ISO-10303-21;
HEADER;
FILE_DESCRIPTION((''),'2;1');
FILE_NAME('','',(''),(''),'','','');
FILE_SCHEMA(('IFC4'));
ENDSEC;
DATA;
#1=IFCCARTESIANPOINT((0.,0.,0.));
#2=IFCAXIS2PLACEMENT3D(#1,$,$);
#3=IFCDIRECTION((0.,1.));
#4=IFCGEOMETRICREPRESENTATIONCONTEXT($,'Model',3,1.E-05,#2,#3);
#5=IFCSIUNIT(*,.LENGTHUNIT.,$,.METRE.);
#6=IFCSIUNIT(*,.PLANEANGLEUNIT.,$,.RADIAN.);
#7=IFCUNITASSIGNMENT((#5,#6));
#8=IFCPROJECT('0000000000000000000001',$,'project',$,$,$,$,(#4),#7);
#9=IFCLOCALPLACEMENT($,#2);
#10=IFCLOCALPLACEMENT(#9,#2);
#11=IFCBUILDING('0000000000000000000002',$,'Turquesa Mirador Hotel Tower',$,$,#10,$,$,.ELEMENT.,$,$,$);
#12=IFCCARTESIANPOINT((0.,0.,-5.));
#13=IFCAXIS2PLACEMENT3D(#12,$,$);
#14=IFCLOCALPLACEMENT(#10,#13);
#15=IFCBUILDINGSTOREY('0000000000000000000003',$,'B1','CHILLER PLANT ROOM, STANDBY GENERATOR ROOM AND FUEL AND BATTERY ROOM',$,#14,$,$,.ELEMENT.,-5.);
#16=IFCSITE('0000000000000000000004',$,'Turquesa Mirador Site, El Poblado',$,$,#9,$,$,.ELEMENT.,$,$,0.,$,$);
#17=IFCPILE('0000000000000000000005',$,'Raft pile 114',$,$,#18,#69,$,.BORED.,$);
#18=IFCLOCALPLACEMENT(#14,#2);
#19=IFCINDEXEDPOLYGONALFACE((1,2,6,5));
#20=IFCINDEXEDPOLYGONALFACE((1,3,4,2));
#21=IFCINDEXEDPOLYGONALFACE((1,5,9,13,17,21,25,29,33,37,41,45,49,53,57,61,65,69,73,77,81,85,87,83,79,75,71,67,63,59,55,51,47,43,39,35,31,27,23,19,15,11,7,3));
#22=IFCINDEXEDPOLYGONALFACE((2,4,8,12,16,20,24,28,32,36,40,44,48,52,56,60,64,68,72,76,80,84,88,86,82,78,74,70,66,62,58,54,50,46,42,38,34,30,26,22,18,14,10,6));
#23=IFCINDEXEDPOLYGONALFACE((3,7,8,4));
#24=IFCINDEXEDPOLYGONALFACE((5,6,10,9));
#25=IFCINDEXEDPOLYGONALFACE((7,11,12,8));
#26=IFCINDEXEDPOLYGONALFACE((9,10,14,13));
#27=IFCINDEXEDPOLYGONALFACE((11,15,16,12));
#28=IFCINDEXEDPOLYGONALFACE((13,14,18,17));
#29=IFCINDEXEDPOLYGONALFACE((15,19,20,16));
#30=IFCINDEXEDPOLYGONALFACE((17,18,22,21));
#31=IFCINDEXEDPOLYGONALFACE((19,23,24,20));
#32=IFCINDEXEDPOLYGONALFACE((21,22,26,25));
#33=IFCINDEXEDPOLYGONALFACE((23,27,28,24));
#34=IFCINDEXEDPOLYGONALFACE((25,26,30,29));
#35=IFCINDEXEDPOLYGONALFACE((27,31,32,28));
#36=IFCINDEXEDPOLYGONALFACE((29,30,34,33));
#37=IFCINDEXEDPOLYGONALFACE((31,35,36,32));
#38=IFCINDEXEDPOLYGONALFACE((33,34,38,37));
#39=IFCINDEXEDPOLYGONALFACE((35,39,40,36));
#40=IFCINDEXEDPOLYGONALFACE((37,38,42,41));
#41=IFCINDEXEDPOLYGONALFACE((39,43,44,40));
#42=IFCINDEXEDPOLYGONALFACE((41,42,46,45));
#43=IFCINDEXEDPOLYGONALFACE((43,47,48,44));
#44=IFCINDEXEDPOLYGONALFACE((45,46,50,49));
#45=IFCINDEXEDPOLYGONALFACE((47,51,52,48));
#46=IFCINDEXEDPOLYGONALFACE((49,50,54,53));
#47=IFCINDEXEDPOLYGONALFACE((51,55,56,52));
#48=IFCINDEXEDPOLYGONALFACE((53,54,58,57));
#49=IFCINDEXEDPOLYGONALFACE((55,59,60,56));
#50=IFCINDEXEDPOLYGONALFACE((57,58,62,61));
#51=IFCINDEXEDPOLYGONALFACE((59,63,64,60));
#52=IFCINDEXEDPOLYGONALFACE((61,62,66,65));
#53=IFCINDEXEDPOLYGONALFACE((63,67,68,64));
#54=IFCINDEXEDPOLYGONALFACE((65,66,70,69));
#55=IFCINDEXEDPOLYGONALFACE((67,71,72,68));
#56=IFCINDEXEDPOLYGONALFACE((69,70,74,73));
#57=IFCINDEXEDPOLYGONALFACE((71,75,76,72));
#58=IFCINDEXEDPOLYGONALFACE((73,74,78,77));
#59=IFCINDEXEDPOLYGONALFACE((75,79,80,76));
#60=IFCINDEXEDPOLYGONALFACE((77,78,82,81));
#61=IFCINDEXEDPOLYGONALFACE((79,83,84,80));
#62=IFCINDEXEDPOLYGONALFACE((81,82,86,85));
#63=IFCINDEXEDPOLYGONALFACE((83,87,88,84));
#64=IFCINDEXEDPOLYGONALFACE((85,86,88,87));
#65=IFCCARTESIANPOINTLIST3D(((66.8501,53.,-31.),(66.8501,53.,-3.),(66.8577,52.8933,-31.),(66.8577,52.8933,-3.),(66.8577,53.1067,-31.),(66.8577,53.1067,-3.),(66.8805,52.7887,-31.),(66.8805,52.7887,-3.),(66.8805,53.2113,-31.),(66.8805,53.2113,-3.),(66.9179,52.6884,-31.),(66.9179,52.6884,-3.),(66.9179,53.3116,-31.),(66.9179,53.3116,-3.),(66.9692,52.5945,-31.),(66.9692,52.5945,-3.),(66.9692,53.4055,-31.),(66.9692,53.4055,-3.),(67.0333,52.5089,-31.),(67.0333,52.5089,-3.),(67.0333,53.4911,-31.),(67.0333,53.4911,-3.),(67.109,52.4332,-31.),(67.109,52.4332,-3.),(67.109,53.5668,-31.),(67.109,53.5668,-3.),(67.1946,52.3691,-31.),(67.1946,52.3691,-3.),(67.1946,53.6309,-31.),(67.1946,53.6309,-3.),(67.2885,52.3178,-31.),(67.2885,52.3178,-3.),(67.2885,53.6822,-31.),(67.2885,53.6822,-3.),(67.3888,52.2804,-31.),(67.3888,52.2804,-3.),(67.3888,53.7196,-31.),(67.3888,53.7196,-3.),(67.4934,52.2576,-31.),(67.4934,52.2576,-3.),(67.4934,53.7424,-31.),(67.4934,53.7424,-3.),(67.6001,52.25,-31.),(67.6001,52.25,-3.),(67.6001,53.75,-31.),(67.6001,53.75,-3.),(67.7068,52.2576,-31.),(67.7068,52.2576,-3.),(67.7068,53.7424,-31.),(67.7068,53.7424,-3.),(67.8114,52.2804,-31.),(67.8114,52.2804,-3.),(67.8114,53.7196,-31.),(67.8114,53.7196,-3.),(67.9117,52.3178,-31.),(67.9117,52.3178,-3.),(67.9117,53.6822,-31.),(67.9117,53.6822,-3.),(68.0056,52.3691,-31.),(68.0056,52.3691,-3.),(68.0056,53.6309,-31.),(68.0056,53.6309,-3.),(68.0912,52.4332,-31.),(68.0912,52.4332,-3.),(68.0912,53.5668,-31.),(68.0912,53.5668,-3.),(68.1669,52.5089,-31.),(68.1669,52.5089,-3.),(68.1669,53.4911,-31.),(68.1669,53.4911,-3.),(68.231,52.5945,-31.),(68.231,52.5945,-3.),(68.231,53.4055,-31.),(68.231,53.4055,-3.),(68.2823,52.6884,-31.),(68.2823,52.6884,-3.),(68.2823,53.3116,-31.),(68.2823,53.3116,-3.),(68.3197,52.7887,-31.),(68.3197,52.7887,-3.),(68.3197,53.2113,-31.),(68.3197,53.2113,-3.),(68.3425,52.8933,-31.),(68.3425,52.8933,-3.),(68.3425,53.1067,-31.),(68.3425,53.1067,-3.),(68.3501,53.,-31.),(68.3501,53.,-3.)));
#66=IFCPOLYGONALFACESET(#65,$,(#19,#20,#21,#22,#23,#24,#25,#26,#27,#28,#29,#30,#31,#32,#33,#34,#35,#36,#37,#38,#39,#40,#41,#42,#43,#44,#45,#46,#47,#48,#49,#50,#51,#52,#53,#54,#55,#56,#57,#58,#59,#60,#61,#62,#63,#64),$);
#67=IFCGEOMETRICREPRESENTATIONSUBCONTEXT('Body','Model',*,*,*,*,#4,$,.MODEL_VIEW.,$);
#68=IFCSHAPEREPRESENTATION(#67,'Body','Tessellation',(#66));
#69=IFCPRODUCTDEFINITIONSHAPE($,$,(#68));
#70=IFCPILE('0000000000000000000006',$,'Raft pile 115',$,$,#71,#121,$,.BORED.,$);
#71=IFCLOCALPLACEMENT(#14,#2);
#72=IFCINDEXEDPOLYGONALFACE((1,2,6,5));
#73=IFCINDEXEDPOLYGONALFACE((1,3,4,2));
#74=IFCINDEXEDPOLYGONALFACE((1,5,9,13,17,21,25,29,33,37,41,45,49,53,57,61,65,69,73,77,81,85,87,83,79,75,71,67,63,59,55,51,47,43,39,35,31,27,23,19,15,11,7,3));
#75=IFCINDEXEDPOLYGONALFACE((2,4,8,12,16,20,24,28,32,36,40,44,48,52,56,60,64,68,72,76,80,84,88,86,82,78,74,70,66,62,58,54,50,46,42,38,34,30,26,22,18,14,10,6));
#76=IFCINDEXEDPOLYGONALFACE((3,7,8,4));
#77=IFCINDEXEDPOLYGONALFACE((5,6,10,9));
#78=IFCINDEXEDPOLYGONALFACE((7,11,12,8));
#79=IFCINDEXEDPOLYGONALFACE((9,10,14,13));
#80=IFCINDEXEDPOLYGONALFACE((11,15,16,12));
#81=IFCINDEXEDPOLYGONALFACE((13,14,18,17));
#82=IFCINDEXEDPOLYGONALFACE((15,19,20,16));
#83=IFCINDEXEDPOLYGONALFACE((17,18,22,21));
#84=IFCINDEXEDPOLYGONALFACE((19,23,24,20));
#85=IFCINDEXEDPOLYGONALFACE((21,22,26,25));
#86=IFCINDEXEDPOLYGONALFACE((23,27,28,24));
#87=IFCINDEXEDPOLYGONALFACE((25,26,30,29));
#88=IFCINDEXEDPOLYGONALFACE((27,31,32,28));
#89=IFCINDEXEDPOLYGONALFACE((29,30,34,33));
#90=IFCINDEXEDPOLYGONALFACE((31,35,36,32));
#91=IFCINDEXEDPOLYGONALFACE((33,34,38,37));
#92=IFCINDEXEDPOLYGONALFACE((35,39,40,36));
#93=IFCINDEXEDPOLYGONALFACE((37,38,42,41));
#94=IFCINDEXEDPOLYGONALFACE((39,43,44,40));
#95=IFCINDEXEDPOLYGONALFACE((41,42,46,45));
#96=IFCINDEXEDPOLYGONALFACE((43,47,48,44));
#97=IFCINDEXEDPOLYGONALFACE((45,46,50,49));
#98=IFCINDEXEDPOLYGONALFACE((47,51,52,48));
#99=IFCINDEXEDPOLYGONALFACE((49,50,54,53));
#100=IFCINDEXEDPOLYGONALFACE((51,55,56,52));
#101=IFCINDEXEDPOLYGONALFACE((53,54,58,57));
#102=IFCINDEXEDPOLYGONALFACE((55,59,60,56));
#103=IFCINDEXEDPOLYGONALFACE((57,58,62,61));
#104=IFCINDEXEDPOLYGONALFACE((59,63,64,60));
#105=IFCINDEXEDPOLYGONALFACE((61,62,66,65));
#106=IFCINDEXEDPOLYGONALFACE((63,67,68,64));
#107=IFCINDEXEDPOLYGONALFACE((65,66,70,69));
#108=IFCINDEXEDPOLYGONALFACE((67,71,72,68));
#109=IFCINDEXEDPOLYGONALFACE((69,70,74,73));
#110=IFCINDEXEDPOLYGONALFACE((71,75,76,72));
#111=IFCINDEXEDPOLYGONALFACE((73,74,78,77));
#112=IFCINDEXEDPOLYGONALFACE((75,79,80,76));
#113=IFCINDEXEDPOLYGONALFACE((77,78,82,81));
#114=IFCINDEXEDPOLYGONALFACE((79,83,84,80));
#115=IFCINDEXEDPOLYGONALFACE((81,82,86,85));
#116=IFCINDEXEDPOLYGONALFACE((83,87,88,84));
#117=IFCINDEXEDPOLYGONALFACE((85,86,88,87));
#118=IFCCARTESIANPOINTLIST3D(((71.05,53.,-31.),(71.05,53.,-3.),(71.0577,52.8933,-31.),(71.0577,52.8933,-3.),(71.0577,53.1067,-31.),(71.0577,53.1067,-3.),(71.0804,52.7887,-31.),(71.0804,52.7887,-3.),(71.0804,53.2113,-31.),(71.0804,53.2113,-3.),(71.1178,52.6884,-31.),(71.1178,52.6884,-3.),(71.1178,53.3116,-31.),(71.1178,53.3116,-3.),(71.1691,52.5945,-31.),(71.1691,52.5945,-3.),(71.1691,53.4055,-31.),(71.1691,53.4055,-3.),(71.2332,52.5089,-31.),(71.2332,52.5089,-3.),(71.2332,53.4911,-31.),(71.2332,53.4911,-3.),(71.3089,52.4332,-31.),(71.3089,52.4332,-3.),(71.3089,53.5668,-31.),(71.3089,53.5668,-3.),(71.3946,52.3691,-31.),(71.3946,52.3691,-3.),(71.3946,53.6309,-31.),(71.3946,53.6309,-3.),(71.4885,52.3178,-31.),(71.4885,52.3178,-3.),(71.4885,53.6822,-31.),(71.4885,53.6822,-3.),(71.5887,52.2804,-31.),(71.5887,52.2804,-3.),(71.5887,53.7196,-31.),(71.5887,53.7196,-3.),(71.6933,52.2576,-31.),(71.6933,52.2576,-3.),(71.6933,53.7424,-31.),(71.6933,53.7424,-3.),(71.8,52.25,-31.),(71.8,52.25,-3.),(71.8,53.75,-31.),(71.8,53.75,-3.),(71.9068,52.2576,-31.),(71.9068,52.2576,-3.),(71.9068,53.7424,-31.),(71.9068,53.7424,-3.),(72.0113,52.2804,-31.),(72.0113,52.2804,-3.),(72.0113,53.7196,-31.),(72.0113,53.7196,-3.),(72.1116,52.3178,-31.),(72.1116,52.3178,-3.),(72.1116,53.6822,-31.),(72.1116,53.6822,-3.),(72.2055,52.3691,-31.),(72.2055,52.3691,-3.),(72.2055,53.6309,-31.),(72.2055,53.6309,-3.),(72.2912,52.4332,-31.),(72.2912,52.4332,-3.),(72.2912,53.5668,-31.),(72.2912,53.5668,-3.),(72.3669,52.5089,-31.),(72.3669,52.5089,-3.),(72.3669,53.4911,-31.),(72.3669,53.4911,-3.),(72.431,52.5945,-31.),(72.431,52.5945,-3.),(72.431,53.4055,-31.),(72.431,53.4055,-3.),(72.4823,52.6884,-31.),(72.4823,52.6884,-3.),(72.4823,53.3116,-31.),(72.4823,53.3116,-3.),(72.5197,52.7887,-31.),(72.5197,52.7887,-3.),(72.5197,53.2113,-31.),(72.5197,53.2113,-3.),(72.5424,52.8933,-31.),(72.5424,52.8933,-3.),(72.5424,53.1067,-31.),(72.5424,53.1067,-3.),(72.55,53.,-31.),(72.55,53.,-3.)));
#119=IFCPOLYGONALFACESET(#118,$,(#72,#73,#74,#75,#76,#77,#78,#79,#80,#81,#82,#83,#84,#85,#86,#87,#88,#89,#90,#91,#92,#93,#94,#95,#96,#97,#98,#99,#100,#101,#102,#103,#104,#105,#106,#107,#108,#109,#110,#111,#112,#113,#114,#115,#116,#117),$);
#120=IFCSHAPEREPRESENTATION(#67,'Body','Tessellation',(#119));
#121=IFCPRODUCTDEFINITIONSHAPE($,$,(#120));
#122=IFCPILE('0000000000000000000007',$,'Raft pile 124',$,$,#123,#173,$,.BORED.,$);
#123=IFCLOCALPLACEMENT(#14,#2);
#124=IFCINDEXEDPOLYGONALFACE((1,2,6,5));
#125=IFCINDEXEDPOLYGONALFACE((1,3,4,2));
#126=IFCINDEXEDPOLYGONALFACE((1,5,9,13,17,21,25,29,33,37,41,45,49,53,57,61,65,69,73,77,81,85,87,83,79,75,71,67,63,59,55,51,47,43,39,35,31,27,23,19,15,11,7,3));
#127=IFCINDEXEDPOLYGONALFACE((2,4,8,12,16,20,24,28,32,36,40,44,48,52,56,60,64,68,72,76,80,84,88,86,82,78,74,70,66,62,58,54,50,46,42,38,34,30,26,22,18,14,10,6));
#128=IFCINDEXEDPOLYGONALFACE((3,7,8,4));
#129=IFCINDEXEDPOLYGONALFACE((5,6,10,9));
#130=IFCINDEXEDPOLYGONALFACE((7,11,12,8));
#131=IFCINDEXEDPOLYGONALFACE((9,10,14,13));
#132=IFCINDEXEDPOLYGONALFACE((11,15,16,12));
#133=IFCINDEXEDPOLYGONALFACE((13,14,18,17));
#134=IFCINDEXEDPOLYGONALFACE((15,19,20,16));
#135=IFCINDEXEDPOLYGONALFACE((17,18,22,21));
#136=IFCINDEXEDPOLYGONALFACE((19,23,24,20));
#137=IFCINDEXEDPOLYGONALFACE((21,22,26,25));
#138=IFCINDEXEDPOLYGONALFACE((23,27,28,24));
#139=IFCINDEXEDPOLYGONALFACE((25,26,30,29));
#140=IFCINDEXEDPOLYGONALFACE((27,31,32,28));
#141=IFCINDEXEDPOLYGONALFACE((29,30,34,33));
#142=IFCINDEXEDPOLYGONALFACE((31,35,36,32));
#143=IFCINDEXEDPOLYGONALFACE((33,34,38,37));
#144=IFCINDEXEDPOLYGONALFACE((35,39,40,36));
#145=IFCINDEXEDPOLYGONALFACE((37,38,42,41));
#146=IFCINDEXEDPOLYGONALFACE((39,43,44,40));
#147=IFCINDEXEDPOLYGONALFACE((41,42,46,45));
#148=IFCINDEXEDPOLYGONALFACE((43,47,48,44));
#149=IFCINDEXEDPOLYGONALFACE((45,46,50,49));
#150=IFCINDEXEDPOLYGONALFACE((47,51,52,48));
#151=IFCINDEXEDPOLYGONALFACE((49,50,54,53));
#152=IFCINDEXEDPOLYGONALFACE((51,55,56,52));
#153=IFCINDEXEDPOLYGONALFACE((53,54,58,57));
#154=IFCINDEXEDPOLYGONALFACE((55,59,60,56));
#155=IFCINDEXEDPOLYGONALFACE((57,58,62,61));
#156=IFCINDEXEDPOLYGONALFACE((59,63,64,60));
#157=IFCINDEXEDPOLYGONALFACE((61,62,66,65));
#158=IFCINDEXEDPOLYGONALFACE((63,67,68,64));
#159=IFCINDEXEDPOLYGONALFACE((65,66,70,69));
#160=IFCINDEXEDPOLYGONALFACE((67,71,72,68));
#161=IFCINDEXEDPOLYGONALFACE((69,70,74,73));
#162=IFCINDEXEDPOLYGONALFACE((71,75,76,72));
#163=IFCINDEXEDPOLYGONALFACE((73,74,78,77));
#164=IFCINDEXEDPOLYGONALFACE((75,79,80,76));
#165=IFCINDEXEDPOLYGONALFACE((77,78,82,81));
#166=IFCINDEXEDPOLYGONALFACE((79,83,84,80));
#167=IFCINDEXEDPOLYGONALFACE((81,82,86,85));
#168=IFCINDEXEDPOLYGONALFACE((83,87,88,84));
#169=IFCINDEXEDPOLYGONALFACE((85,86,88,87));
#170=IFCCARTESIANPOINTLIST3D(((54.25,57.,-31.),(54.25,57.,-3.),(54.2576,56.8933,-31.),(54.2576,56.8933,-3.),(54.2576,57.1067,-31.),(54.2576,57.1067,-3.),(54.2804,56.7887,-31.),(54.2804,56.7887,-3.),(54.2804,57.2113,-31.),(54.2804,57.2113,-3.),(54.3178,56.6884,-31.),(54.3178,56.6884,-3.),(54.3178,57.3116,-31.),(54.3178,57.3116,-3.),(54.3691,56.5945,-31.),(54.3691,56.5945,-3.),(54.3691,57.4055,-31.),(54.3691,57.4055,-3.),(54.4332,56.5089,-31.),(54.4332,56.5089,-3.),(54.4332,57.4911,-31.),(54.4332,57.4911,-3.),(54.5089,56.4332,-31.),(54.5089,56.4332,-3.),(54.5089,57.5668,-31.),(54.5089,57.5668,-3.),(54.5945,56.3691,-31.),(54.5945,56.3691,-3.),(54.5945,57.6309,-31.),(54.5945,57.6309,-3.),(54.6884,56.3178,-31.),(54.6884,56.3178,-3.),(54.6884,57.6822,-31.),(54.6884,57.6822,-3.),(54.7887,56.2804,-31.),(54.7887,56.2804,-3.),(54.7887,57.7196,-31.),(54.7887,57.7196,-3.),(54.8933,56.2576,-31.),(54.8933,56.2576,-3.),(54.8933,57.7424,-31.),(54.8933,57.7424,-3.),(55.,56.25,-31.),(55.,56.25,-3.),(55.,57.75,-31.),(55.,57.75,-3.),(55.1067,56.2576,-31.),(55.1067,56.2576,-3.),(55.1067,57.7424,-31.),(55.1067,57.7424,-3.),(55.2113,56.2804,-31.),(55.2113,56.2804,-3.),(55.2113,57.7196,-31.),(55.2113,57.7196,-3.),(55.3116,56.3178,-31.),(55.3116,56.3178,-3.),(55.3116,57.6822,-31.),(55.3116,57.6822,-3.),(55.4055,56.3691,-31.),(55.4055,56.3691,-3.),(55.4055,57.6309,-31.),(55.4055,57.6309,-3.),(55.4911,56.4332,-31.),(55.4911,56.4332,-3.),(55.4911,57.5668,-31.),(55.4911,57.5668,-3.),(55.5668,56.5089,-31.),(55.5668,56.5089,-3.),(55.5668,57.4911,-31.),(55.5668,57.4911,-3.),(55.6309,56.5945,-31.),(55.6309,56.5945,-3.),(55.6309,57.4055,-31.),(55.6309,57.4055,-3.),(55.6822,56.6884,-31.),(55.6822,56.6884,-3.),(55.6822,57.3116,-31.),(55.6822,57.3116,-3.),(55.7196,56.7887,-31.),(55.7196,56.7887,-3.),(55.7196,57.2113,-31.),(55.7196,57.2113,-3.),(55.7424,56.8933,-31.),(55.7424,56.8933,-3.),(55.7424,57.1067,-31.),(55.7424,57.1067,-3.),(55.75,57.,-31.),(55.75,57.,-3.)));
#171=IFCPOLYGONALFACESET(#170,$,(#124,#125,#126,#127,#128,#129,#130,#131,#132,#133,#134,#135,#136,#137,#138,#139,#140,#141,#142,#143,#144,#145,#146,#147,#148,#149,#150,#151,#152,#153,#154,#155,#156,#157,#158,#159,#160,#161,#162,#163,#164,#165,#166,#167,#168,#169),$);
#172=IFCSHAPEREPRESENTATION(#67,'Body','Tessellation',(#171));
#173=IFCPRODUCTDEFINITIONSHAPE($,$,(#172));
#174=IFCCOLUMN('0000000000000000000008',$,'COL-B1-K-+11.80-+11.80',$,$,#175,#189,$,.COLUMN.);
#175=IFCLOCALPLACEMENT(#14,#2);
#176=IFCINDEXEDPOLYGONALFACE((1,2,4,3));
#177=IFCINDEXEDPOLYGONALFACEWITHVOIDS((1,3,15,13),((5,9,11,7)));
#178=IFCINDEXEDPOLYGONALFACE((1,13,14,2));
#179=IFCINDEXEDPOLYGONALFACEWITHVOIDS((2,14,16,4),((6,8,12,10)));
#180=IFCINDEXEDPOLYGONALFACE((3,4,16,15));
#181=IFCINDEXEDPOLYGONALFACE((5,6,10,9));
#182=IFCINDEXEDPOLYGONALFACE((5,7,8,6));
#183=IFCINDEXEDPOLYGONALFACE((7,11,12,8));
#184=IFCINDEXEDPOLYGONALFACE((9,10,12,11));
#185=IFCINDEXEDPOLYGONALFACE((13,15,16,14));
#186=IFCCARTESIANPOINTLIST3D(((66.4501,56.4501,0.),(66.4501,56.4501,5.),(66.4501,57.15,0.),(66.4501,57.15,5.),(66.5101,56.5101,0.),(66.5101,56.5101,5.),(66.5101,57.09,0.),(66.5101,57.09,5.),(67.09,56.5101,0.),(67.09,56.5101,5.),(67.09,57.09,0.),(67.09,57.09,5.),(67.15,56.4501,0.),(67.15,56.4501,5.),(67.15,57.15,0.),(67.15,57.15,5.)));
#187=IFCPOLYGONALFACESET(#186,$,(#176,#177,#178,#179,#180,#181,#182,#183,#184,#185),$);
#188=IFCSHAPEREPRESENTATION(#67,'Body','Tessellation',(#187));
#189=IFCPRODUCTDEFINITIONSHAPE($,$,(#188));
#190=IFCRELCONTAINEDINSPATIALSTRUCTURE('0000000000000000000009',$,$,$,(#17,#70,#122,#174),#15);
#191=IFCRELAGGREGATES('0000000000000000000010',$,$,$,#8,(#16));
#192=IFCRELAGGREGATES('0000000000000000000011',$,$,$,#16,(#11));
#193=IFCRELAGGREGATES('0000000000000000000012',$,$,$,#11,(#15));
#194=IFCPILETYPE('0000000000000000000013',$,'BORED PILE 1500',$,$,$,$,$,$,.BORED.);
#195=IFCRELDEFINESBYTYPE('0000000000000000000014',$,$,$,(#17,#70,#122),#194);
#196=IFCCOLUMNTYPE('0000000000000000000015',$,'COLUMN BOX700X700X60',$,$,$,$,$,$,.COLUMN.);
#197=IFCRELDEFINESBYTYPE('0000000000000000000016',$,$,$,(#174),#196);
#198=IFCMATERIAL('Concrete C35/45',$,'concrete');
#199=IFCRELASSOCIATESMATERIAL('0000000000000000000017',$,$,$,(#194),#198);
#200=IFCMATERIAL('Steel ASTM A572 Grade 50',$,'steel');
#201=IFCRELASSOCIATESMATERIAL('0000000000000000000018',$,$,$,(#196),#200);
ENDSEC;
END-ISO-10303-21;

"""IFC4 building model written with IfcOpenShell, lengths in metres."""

from ifc_helpers import new_model, si_unit, direction, frame, origin, origin_2d, place, context, subcontext, project, spatial, hollow_rectangle, circle, extrude, material, material_profile, profile_set, type_object, element, save


model = new_model("IFC4")

# Units and contexts
model_context = context("Model", 3, precision=1e-05, world=origin(), true_north=direction((0.0, 1.0)))
body_context = subcontext(model_context, "Body", "Model", "MODEL_VIEW")
ifc_project = project(units=[si_unit("LENGTHUNIT", "METRE"), si_unit("PLANEANGLEUNIT", "RADIAN")], contexts=[model_context])

# Site, building, storey
site_placement = place(None, origin())
site = spatial("IfcSite", under=ifc_project, at=site_placement, Name="Turquesa Mirador Site, El Poblado", CompositionType="ELEMENT", RefElevation=0.0)
building_placement = place(site_placement, origin())
building = spatial("IfcBuilding", under=site, at=building_placement, Name="Turquesa Mirador Hotel Tower", CompositionType="ELEMENT")
storey_placement = place(building_placement, frame((0.0, 0.0, -5.0)))
storey = spatial("IfcBuildingStorey", under=building, at=storey_placement, Name="B1", Description="CHILLER PLANT ROOM, STANDBY GENERATOR ROOM AND FUEL AND BATTERY ROOM", CompositionType="ELEMENT", Elevation=-5.0)

# Piles
ifc_material_1 = material(Name="Concrete C35/45", Category="concrete")
pile_type = type_object("IfcPileType", Name="BORED PILE 1500", PredefinedType="BORED", material=ifc_material_1)
for number, where, z_axis, x_axis, name in (
    (1, (67.6001, 53.0, -3.0), (0.0, 0.0, -1.0), (1.0, 0.0, 0.0), "Raft pile 114"),
    (2, (71.8, 53.0, -3.0), (0.0, 0.0, -1.0), (1.0, 0.0, 0.0), "Raft pile 115"),
    (3, (55.0, 57.0, -3.0), (0.0, 0.0, -1.0), (1.0, 0.0, 0.0), "Raft pile 124"),
):
    element("IfcPile", number, at=place(storey_placement, frame(where, z_axis=z_axis, x_axis=x_axis)), inside=storey, type_object=pile_type, Name=name, PredefinedType="BORED", context=body_context, shape_type="SweptSolid", body=[
        extrude(circle(Radius=0.75, at=origin_2d()), origin(), (0.0, 0.0, 1.0), 28.0),
    ])

# Column
ifc_material_2 = material(Name="Steel ASTM A572 Grade 50", Category="steel")
ifc_material_profile = material_profile(ifc_material_2, hollow_rectangle(XDim=0.7, YDim=0.7, WallThickness=0.0601, at=origin_2d()), Name="BOX700X700X60")
ifc_profile_set = profile_set([ifc_material_profile], Name="Steel ASTM A572 Grade 50")
column_type = type_object("IfcColumnType", Name="COLUMN BOX700X700X60", PredefinedType="COLUMN", material=ifc_profile_set)
column_placement = place(storey_placement, frame((66.8, 56.8, 0.0), z_axis=(0.0, 0.0, 1.0), x_axis=(1.0, 0.0, 0.0)))
element("IfcColumn", 4, at=column_placement, inside=storey, type_object=column_type, Name="COL-B1-K-+11.80-+11.80", PredefinedType="COLUMN", context=body_context, shape_type="SweptSolid", body=[
    extrude(hollow_rectangle(XDim=0.7, YDim=0.7, WallThickness=0.0601, at=origin_2d()), origin(), (0.0, 0.0, 1.0), 5.0),
])

save(model, "model.ifc")
